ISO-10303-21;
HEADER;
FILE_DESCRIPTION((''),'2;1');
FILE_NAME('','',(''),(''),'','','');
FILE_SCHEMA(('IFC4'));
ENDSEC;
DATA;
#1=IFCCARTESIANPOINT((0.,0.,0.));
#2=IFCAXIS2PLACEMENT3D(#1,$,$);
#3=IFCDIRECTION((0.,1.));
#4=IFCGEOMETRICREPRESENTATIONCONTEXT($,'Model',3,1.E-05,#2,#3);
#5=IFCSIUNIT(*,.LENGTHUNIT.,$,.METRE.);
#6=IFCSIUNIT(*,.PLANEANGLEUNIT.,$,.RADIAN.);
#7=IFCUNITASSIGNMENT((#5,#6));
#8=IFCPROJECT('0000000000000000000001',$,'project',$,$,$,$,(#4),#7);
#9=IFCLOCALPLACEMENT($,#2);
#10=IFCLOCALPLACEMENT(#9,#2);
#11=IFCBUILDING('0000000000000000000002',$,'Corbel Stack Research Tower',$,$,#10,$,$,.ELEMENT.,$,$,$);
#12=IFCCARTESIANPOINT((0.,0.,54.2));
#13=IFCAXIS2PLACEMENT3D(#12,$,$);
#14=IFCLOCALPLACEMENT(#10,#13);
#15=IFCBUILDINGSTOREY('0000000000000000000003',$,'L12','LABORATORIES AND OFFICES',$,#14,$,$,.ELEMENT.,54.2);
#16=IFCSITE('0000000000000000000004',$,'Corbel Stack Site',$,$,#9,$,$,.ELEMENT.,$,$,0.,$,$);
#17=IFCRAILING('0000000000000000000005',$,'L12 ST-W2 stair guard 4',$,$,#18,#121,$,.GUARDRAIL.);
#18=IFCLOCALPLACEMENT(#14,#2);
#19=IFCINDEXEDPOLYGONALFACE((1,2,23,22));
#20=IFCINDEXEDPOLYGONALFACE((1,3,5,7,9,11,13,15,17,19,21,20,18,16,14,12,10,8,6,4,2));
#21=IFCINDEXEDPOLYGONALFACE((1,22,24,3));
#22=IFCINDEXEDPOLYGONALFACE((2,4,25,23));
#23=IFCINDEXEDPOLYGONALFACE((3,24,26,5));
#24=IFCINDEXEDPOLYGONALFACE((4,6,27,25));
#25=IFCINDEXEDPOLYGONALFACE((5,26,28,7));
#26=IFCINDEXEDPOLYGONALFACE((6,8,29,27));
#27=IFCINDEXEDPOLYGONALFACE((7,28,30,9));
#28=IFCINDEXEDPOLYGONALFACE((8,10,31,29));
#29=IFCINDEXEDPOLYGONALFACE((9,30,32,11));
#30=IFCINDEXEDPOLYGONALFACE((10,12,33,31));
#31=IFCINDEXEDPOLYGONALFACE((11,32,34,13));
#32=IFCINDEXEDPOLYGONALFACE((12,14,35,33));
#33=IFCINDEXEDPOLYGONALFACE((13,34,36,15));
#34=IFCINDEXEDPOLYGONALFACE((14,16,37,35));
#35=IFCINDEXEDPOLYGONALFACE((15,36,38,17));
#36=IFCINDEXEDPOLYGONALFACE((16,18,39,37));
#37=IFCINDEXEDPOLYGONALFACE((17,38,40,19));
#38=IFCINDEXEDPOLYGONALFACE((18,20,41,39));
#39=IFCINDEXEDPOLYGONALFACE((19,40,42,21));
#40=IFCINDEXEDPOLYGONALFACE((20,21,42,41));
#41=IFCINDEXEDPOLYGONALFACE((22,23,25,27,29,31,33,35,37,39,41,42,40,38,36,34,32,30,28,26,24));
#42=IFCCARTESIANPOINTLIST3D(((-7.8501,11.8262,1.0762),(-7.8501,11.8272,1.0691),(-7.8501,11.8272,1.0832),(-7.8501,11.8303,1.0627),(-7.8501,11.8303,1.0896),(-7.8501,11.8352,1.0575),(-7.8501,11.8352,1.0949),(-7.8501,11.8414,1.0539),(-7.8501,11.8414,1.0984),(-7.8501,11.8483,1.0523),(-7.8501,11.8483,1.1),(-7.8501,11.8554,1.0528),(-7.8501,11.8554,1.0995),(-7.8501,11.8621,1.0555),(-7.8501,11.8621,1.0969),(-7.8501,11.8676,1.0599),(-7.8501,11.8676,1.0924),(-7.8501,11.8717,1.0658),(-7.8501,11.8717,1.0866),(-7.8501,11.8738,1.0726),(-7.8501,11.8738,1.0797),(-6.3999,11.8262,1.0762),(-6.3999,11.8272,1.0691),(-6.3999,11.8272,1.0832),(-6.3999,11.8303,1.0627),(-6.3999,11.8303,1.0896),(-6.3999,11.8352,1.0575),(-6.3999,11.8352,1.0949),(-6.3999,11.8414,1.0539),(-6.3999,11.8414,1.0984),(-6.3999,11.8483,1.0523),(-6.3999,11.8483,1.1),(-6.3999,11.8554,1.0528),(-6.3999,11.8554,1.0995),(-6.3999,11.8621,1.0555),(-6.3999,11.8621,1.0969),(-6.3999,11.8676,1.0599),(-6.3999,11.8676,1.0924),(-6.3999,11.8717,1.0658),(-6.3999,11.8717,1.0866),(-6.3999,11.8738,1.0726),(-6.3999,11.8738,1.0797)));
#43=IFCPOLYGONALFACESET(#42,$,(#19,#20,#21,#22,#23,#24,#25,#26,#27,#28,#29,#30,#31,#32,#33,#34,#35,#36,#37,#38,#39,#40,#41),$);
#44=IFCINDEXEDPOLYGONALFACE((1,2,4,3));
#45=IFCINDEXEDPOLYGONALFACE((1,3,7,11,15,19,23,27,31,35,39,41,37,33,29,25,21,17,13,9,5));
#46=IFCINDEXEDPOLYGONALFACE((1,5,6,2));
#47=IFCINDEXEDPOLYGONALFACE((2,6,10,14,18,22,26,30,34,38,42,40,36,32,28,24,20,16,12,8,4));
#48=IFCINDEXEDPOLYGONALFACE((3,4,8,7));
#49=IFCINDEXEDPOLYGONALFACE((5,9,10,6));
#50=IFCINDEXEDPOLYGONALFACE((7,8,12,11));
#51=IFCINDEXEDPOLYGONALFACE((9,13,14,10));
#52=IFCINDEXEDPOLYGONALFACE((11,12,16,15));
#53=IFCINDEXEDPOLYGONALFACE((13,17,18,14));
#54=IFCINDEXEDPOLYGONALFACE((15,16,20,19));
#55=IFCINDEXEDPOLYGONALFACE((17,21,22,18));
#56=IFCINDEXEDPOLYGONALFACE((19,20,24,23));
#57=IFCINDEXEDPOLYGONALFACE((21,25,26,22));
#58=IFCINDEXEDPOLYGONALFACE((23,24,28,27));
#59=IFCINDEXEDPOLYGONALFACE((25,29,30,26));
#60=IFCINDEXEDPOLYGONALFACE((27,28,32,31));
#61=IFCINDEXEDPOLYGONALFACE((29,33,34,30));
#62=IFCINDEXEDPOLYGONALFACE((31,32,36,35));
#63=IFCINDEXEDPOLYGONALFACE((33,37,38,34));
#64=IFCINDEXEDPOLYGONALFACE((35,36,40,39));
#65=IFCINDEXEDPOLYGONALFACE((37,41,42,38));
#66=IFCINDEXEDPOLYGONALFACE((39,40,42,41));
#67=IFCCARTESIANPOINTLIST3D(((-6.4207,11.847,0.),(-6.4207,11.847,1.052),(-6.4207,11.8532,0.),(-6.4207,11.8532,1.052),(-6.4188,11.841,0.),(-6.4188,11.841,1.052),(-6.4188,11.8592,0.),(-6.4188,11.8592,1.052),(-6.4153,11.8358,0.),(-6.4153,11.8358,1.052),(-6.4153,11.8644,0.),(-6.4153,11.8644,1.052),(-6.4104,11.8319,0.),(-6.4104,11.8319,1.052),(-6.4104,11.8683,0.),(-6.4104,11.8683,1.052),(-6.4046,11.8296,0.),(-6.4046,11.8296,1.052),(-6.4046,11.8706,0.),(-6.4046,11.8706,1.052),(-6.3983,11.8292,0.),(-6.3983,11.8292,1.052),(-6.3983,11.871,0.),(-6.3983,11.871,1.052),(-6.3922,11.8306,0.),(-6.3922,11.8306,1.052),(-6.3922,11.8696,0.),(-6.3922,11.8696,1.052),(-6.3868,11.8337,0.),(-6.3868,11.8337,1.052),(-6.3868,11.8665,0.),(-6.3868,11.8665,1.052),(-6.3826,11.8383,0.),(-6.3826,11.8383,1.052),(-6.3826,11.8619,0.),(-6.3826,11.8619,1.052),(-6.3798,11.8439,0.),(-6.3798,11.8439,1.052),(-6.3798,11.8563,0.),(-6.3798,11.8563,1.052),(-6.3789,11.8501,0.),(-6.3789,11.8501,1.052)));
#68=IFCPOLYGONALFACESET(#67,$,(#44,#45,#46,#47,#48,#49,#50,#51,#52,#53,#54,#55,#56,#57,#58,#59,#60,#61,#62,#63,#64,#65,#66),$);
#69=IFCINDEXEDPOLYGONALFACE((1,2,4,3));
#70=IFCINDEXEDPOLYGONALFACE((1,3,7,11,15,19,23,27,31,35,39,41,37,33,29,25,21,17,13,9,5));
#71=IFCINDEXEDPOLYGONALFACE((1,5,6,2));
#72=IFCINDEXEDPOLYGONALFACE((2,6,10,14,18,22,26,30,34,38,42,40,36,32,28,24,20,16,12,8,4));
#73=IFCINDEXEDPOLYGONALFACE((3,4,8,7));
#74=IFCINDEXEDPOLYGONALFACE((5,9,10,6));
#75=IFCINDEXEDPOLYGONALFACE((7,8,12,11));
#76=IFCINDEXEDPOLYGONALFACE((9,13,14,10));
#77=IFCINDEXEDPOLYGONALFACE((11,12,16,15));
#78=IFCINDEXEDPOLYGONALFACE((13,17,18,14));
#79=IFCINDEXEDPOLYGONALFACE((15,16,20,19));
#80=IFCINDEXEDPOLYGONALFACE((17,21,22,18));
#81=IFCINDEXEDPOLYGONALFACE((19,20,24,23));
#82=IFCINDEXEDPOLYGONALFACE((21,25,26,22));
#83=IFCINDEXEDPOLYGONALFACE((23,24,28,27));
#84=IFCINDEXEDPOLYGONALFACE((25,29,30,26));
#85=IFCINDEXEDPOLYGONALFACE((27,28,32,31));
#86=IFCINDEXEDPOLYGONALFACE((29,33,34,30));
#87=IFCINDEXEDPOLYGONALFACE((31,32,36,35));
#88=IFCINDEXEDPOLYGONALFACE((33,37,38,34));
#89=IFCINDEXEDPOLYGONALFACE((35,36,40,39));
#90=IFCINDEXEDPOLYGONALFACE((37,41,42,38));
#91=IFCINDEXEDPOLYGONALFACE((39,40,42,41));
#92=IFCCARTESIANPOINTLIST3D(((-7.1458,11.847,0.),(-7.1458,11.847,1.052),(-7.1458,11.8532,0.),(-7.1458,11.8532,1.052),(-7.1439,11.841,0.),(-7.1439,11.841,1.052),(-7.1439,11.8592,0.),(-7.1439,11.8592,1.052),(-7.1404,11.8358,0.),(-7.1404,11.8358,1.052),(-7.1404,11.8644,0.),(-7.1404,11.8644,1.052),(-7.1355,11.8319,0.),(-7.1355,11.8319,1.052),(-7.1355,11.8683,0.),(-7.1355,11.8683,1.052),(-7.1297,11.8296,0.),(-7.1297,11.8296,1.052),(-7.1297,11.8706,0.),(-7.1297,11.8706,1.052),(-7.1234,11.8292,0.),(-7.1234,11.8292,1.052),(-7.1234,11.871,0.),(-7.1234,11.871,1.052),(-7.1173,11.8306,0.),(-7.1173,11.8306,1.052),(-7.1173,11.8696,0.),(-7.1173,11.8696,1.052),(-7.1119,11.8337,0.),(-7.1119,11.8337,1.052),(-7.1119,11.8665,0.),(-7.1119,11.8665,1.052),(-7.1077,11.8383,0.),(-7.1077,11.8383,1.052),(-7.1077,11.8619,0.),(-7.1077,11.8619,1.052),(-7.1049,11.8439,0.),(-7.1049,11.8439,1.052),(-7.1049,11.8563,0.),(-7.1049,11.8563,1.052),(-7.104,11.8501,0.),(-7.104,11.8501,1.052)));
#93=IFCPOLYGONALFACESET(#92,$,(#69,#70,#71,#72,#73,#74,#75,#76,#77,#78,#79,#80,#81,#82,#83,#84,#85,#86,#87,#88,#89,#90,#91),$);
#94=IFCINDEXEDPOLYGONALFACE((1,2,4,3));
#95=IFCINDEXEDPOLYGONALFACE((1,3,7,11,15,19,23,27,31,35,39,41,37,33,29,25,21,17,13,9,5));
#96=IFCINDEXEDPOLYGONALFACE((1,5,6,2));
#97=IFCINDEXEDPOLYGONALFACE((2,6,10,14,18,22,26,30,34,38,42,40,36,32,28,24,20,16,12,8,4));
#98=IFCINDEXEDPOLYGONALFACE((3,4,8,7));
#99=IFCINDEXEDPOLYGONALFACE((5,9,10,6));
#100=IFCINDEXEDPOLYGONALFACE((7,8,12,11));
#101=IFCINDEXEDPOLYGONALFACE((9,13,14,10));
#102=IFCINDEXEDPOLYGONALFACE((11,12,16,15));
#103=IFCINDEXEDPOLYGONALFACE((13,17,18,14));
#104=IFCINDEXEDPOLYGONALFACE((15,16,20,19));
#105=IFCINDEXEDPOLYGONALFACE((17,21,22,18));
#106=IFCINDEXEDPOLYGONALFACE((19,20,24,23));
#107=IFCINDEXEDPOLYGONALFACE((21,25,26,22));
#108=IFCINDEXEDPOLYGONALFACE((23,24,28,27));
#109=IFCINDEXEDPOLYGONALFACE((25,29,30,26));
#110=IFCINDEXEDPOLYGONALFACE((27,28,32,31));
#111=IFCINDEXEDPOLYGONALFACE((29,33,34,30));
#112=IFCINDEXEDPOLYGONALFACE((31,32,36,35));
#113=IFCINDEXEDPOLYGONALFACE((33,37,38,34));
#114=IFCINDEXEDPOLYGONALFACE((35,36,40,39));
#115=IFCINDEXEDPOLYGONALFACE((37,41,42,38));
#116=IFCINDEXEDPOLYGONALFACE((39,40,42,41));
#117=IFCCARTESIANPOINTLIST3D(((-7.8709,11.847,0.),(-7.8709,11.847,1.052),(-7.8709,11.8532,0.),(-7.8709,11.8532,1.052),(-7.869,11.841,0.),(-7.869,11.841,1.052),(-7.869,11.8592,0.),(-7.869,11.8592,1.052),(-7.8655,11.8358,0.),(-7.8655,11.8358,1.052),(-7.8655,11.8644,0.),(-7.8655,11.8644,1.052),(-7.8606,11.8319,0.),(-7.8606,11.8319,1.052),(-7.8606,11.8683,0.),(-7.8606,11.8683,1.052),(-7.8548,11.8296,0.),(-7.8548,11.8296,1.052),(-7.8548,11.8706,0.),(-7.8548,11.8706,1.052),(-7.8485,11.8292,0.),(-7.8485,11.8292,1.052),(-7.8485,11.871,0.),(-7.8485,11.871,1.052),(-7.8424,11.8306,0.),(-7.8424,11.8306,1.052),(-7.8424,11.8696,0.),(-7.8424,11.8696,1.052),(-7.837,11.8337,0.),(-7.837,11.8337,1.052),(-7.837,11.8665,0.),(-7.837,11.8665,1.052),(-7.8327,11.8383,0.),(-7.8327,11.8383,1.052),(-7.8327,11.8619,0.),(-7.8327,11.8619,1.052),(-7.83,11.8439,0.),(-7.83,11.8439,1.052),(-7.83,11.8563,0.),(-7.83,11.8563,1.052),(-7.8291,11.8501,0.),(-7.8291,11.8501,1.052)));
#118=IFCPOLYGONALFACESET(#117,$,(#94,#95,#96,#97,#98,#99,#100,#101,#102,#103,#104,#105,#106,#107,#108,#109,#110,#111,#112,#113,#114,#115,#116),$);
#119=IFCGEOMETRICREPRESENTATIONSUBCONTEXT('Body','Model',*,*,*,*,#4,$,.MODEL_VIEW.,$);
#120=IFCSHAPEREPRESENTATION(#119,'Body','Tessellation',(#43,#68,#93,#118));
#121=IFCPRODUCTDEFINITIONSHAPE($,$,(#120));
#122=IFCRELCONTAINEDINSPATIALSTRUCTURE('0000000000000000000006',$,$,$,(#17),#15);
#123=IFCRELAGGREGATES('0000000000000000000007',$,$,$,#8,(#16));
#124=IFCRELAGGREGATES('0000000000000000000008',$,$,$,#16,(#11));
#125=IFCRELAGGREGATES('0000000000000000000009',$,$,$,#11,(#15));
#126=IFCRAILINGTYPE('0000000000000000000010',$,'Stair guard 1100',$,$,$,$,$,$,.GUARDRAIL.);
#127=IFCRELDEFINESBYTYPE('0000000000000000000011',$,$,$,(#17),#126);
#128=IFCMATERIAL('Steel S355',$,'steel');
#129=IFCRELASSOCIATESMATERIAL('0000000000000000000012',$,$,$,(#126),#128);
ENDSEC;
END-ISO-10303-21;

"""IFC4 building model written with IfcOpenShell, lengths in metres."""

from ifc_helpers import new_model, si_unit, direction, frame, origin, origin_2d, place, context, subcontext, project, spatial, circle, extrude, material, type_object, element, save


model = new_model("IFC4")

# Units and contexts
model_context = context("Model", 3, precision=1e-05, world=origin(), true_north=direction((0.0, 1.0)))
body_context = subcontext(model_context, "Body", "Model", "MODEL_VIEW")
ifc_project = project(units=[si_unit("LENGTHUNIT", "METRE"), si_unit("PLANEANGLEUNIT", "RADIAN")], contexts=[model_context])

# Site, building, storey
site_placement = place(None, origin())
site = spatial("IfcSite", under=ifc_project, at=site_placement, Name="Corbel Stack Site", CompositionType="ELEMENT", RefElevation=0.0)
building_placement = place(site_placement, origin())
building = spatial("IfcBuilding", under=site, at=building_placement, Name="Corbel Stack Research Tower", CompositionType="ELEMENT")
storey_placement = place(building_placement, frame((0.0, 0.0, 54.2)))
storey = spatial("IfcBuildingStorey", under=building, at=storey_placement, Name="L12", Description="LABORATORIES AND OFFICES", CompositionType="ELEMENT", Elevation=54.2)

# Railing
ifc_material_1 = material(Name="Steel S355", Category="steel")
railing_type_1 = type_object("IfcRailingType", Name="Stair guard 1100", PredefinedType="GUARDRAIL", material=ifc_material_1)
railing_1_placement = place(storey_placement, frame((-6.3999, 11.8501, 0.0)))
element("IfcRailing", 1, at=railing_1_placement, inside=storey, type_object=railing_type_1, Name="L12 ST-W2 stair guard 4", PredefinedType="GUARDRAIL", context=body_context, shape_type="SweptSolid", body=[
    extrude(circle(Radius=0.0239, at=origin_2d()), frame((0.0, 0.0, 1.0762), z_axis=(-1.0, 0.0, 0.0), x_axis=(0.0, -1.0, 0.0)), (0.0, 0.0, 1.0), 1.4502),
    extrude(circle(Radius=0.021, at=origin_2d()), origin(), (0.0, 0.0, 1.0), 1.052),
    extrude(circle(Radius=0.021, at=origin_2d()), frame((-0.7251, 0.0, 0.0)), (0.0, 0.0, 1.0), 1.052),
    extrude(circle(Radius=0.021, at=origin_2d()), frame((-1.4502, 0.0, 0.0)), (0.0, 0.0, 1.0), 1.052),
])

save(model, "model.ifc")
